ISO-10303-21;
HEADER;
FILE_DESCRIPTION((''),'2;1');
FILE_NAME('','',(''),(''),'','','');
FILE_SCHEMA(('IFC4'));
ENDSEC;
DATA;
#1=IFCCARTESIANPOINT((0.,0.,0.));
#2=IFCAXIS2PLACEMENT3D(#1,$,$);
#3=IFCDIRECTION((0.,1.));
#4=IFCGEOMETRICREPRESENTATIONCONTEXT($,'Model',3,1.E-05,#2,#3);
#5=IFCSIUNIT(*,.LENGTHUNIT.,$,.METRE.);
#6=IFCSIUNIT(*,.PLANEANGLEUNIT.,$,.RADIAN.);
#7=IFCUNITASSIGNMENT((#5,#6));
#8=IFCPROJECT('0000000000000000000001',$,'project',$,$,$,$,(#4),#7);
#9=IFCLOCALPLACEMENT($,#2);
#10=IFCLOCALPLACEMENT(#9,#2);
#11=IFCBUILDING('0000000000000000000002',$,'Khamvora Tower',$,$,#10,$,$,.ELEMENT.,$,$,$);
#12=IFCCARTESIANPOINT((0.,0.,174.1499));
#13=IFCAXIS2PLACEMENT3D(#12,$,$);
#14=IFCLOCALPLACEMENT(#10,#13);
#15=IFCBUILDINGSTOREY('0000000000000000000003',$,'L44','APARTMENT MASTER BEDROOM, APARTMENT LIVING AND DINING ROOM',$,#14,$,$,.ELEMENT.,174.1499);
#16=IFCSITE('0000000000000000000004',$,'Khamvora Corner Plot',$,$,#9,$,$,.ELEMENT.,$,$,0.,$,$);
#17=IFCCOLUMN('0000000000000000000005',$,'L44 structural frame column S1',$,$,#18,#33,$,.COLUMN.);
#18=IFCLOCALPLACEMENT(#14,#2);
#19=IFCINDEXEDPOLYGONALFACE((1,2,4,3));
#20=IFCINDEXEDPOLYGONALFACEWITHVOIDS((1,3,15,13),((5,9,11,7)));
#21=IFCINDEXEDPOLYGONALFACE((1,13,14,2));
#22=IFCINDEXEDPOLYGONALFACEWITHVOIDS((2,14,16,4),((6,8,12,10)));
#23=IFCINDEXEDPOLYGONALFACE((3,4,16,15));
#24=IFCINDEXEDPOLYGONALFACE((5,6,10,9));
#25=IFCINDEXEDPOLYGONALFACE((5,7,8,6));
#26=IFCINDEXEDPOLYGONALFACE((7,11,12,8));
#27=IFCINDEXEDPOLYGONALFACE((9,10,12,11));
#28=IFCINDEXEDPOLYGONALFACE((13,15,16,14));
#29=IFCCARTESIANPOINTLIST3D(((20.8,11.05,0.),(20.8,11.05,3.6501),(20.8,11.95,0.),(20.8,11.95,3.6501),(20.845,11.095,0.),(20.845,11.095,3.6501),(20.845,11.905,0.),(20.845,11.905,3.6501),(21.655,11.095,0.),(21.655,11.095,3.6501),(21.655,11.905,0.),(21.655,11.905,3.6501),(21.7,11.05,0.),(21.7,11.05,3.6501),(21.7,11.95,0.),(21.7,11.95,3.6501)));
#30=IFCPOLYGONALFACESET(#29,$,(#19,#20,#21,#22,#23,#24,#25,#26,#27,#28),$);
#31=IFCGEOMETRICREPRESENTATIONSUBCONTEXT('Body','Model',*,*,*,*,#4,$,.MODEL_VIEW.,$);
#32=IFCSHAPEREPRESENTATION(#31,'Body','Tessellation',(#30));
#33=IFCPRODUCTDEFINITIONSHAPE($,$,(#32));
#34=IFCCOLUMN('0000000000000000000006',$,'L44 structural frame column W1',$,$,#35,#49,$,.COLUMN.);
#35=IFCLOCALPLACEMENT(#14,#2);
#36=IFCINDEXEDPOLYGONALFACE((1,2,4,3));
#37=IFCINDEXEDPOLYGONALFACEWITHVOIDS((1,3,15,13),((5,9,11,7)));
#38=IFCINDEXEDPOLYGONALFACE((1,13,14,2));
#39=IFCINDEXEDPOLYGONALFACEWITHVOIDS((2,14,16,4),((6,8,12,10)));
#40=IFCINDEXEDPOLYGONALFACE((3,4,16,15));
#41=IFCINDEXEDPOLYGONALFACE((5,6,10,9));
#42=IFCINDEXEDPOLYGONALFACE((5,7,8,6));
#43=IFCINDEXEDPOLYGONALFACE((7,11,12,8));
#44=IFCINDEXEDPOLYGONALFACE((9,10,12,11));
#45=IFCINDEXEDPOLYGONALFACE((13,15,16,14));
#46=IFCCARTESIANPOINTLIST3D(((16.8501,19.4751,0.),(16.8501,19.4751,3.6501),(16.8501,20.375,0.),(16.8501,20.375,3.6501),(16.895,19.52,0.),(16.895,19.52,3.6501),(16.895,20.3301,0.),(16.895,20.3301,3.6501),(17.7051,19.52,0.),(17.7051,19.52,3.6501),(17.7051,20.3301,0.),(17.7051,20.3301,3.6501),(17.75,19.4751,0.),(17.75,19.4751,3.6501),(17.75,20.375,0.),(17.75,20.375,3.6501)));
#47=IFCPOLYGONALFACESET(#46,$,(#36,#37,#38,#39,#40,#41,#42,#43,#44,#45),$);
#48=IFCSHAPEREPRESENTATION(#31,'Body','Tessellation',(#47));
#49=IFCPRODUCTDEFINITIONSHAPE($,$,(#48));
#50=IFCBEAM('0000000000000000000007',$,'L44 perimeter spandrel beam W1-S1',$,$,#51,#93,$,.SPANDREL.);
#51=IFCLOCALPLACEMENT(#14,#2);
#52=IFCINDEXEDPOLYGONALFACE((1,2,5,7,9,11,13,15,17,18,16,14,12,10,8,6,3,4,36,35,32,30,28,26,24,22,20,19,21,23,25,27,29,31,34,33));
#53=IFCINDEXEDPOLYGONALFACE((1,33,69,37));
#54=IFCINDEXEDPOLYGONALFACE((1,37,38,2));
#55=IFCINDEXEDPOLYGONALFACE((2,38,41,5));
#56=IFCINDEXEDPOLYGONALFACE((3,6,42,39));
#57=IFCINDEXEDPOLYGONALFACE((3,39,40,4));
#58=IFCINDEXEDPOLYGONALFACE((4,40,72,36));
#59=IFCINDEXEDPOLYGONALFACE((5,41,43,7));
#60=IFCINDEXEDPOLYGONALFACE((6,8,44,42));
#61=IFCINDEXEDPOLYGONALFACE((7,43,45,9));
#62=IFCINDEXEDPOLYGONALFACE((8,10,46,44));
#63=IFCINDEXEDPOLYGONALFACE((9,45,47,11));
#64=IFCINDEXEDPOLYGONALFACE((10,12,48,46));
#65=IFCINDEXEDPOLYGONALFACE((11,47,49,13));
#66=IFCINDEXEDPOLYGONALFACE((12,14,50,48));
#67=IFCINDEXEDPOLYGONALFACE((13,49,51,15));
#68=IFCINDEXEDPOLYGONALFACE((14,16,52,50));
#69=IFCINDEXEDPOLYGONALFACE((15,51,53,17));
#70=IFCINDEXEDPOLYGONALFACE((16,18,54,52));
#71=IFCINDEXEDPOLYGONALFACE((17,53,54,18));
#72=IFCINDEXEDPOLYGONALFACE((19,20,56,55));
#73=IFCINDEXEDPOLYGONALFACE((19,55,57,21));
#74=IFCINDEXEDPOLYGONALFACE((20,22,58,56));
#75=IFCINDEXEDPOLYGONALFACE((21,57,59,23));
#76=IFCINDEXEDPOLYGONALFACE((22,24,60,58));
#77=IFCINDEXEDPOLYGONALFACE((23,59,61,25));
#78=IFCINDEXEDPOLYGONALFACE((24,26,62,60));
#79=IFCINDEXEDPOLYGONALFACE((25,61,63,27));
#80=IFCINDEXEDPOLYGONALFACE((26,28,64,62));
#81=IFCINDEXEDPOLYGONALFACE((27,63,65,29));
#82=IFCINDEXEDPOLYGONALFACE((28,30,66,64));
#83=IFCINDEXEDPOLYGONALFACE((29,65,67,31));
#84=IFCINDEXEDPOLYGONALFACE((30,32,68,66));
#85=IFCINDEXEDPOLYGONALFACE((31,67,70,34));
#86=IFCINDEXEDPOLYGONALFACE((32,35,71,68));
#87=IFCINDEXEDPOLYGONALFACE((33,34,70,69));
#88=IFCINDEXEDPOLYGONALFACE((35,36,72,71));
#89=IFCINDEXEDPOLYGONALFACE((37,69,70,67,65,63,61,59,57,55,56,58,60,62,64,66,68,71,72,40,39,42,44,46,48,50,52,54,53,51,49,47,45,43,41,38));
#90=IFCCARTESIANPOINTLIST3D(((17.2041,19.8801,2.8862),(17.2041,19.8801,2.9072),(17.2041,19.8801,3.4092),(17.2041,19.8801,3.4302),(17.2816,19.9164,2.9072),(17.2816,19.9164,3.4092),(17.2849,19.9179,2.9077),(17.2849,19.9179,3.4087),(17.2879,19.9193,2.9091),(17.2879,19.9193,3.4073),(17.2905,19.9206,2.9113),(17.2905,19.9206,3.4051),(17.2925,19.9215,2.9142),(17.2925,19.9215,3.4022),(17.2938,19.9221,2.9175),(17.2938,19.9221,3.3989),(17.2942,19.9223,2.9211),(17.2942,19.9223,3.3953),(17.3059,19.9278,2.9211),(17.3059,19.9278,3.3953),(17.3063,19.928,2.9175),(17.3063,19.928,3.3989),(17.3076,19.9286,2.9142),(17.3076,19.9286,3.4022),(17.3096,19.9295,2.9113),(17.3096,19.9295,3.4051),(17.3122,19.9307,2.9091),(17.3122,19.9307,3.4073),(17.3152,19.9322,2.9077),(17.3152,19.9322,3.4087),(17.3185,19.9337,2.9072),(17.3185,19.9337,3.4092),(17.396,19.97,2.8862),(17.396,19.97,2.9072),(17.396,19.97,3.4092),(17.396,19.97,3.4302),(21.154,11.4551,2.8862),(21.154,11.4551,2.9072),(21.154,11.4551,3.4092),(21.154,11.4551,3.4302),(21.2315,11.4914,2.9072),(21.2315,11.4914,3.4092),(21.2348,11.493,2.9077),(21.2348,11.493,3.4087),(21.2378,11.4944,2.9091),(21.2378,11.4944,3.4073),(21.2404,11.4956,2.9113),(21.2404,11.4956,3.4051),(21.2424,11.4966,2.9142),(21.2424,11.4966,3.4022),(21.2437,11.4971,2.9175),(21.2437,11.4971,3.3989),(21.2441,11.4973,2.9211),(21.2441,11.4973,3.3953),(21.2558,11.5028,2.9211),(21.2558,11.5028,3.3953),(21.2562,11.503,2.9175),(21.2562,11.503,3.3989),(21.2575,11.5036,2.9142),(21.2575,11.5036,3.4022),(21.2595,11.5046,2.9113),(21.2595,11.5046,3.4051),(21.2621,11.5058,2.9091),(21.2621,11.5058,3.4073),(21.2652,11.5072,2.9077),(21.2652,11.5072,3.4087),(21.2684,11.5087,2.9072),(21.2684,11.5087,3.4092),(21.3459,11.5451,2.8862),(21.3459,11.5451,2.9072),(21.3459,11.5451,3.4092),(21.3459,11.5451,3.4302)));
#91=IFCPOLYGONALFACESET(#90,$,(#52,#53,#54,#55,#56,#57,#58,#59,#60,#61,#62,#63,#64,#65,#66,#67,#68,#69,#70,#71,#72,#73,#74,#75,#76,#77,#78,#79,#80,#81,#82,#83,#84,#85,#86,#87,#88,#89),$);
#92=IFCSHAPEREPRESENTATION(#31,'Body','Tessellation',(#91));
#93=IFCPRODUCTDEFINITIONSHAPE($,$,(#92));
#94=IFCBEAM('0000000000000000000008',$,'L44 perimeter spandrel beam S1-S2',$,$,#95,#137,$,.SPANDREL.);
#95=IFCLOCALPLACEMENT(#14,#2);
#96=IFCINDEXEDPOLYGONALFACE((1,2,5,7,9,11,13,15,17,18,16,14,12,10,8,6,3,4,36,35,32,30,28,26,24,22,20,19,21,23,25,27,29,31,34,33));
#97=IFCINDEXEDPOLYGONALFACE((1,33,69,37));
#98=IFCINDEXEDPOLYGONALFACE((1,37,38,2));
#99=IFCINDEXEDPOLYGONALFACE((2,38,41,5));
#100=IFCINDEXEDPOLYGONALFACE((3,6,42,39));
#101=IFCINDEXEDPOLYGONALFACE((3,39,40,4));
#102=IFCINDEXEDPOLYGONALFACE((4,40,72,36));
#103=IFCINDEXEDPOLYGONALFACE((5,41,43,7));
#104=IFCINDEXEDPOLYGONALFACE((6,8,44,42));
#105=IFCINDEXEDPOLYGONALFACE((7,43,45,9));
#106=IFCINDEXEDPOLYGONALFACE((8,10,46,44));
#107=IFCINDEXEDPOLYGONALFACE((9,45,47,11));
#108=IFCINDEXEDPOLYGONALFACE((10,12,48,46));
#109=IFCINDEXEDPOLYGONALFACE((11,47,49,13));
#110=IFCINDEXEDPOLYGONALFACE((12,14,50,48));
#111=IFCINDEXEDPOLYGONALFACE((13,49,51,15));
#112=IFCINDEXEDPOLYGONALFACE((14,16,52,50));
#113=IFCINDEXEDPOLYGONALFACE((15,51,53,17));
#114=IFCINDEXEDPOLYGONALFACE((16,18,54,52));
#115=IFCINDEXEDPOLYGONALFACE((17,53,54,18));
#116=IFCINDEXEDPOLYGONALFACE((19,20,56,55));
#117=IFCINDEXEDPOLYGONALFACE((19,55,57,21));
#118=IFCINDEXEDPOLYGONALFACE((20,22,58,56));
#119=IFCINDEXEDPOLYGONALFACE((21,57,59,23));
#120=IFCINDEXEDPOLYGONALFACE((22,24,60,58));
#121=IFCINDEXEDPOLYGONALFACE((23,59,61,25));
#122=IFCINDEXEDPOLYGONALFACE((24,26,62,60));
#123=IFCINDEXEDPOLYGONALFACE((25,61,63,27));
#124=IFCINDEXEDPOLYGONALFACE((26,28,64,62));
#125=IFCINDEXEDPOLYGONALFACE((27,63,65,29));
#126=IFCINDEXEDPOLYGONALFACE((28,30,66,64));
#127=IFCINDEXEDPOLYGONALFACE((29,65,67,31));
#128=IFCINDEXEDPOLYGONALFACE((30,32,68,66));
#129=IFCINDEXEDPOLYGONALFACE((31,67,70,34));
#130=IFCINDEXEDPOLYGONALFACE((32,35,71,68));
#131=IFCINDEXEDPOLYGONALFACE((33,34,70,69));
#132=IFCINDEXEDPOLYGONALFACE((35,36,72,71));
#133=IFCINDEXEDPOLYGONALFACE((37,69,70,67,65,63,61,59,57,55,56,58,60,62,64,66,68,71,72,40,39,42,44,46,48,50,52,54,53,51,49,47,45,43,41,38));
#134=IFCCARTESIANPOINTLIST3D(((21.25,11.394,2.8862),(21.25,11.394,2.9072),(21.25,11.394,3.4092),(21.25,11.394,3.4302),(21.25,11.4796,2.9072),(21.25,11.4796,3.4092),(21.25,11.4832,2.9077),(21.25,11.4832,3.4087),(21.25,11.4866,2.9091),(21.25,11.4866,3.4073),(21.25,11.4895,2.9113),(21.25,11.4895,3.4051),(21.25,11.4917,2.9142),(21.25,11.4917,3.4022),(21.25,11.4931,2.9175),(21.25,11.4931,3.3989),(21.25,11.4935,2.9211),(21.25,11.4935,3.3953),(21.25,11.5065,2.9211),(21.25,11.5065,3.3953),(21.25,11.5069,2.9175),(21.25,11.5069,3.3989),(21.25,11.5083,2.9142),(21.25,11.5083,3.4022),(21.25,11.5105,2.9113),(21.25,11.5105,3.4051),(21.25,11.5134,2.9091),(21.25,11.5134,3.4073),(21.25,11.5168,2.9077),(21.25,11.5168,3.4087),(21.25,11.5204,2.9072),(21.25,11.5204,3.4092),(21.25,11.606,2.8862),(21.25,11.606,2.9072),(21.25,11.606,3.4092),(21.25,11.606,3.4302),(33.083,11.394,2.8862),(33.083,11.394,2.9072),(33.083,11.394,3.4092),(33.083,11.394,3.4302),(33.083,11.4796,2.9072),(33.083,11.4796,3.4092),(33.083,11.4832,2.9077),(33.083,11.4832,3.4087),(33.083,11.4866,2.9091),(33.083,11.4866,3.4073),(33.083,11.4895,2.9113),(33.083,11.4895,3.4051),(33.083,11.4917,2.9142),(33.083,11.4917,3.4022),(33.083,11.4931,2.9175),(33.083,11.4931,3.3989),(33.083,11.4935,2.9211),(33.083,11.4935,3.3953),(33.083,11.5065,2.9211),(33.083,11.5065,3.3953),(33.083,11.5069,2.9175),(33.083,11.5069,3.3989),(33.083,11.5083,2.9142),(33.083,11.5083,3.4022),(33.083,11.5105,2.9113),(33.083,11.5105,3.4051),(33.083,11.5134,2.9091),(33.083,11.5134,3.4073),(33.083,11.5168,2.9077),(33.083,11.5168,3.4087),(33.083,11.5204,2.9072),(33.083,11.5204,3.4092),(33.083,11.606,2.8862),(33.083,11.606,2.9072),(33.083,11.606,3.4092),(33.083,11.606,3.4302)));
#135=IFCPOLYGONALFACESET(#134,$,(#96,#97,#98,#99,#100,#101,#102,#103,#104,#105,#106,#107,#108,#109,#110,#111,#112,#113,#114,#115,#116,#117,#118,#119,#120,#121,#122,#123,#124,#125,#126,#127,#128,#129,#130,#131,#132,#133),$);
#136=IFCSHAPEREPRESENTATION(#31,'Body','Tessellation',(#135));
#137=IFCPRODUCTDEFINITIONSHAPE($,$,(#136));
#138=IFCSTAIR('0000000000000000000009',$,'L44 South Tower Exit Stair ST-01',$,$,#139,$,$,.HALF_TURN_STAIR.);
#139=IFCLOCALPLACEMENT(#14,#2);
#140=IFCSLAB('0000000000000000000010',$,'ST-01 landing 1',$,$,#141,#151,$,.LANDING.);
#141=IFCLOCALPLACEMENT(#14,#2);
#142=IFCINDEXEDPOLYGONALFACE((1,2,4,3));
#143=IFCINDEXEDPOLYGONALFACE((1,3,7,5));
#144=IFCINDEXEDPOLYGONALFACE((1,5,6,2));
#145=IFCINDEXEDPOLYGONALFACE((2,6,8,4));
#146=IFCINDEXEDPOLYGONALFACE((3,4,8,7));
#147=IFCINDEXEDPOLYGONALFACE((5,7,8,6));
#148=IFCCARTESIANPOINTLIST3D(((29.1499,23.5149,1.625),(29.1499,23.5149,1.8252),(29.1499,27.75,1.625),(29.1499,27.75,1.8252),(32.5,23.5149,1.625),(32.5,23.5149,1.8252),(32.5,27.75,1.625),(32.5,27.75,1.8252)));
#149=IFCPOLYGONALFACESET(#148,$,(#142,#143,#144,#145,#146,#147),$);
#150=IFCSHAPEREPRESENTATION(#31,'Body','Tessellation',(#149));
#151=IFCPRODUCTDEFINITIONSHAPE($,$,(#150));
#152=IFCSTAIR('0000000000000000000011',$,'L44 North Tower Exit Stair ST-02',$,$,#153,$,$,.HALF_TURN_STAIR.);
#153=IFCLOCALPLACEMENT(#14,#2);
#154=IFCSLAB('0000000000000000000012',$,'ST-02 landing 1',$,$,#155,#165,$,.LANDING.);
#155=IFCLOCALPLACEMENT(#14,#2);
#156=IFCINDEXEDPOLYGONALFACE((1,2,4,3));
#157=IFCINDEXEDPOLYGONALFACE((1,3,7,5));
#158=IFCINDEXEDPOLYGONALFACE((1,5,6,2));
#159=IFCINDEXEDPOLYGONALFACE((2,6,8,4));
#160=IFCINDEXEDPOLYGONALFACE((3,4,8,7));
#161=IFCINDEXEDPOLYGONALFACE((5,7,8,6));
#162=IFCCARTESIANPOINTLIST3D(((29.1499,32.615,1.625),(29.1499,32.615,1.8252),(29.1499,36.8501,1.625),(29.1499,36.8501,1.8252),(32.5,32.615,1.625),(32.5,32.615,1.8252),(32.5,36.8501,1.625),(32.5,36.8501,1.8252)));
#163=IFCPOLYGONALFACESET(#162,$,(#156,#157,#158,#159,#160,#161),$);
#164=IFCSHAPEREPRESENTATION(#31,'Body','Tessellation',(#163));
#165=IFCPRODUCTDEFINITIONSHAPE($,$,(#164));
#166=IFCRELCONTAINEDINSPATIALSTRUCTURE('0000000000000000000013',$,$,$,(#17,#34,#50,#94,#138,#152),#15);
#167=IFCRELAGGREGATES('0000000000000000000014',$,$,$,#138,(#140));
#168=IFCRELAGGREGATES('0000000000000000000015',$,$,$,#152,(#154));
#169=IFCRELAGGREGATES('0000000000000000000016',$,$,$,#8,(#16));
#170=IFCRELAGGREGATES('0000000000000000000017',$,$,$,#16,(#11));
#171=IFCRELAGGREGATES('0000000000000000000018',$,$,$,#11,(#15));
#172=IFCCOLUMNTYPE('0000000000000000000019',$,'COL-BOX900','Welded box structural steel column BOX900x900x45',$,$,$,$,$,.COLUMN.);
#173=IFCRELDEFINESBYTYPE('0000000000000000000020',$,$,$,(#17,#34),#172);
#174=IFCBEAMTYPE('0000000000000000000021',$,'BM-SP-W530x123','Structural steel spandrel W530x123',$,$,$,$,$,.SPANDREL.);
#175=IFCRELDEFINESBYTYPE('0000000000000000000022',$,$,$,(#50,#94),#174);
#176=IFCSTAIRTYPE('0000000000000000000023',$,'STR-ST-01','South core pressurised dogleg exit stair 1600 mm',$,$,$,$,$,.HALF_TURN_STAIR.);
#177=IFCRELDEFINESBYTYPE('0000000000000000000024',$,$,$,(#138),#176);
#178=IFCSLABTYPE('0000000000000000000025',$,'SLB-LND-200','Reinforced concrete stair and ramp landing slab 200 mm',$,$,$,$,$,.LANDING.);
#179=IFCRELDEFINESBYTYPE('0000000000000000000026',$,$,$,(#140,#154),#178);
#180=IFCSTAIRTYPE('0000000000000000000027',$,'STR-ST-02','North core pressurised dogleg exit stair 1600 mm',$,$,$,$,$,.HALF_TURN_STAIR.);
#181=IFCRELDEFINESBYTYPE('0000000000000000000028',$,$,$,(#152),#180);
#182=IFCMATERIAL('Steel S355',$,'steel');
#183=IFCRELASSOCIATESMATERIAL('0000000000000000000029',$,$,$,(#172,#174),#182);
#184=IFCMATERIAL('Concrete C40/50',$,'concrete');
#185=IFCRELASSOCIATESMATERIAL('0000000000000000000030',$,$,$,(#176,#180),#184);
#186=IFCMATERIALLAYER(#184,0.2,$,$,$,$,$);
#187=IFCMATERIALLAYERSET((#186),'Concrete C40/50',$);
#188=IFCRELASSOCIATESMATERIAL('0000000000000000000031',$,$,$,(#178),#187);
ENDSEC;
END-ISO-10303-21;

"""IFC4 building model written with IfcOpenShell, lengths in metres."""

from ifc_helpers import new_model, si_unit, direction, frame, origin, origin_2d, place, context, subcontext, project, spatial, polyline, hollow_rectangle, i_section, outline, extrude, material, layer, layer_set, material_profile, profile_set, type_object, element, aggregate, save


model = new_model("IFC4")

# Units and contexts
model_context = context("Model", 3, precision=1e-05, world=origin(), true_north=direction((0.0, 1.0)))
body_context = subcontext(model_context, "Body", "Model", "MODEL_VIEW")
ifc_project = project(units=[si_unit("LENGTHUNIT", "METRE"), si_unit("PLANEANGLEUNIT", "RADIAN")], contexts=[model_context])

# Site, building, storey
site_placement = place(None, origin())
site = spatial("IfcSite", under=ifc_project, at=site_placement, Name="Khamvora Corner Plot", CompositionType="ELEMENT", RefElevation=0.0)
building_placement = place(site_placement, origin())
building = spatial("IfcBuilding", under=site, at=building_placement, Name="Khamvora Tower", CompositionType="ELEMENT")
storey_placement = place(building_placement, frame((0.0, 0.0, 174.1499)))
storey = spatial("IfcBuildingStorey", under=building, at=storey_placement, Name="L44", Description="APARTMENT MASTER BEDROOM, APARTMENT LIVING AND DINING ROOM", CompositionType="ELEMENT", Elevation=174.1499)

# Columns
ifc_material_1 = material(Name="Steel S355", Category="steel")
ifc_material_profile_1 = material_profile(ifc_material_1, hollow_rectangle(XDim=0.8999, YDim=0.8999, WallThickness=0.0449, at=origin_2d()), Name="BOX900x900x45")
ifc_profile_set_1 = profile_set([ifc_material_profile_1], Name="Steel S355")
column_type = type_object("IfcColumnType", Name="COL-BOX900", Description="Welded box structural steel column BOX900x900x45", PredefinedType="COLUMN", material=ifc_profile_set_1)
for number, where, z_axis, x_axis, name in (
    (1, (21.25, 11.5, 0.0), (0.0, 0.0, 1.0), (1.0, 0.0, 0.0), "L44 structural frame column S1"),
    (2, (17.3, 19.925, 0.0), (0.0, 0.0, 1.0), (1.0, 0.0, 0.0), "L44 structural frame column W1"),
):
    element("IfcColumn", number, at=place(storey_placement, frame(where, z_axis=z_axis, x_axis=x_axis)), inside=storey, type_object=column_type, Name=name, PredefinedType="COLUMN", context=body_context, shape_type="SweptSolid", body=[
        extrude(hollow_rectangle(XDim=0.8999, YDim=0.8999, WallThickness=0.0449, at=origin_2d()), origin(), (0.0, 0.0, 1.0), 3.6501),
    ])

# Beams
ifc_material_profile_2 = material_profile(ifc_material_1, i_section(OverallWidth=0.2119, OverallDepth=0.5439, WebThickness=0.0129, FlangeThickness=0.021, FilletRadius=0.0139, at=origin_2d()), Name="W530x123")
ifc_profile_set_2 = profile_set([ifc_material_profile_2], Name="Steel S355")
beam_type = type_object("IfcBeamType", Name="BM-SP-W530x123", Description="Structural steel spandrel W530x123", PredefinedType="SPANDREL", material=ifc_profile_set_2)
beam_1_placement = place(storey_placement, frame((17.3, 19.925, 3.1582), z_axis=(0.424496, -0.90543, 0.0), x_axis=(0.90543, 0.424496, 0.0)))
element("IfcBeam", 3, at=beam_1_placement, inside=storey, type_object=beam_type, Name="L44 perimeter spandrel beam W1-S1", PredefinedType="SPANDREL", context=body_context, shape_type="SweptSolid", body=[
    extrude(i_section(OverallWidth=0.2119, OverallDepth=0.5439, WebThickness=0.0129, FlangeThickness=0.021, FilletRadius=0.0139, at=origin_2d()), origin(), (0.0, 0.0, 1.0), 9.3049),
])
beam_2_placement = place(storey_placement, frame((21.25, 11.5, 3.1582), z_axis=(1.0, 0.0, 0.0), x_axis=(0.0, 1.0, 0.0)))
element("IfcBeam", 4, at=beam_2_placement, inside=storey, type_object=beam_type, Name="L44 perimeter spandrel beam S1-S2", PredefinedType="SPANDREL", context=body_context, shape_type="SweptSolid", body=[
    extrude(i_section(OverallWidth=0.2119, OverallDepth=0.5439, WebThickness=0.0129, FlangeThickness=0.021, FilletRadius=0.0139, at=origin_2d()), origin(), (0.0, 0.0, 1.0), 11.833),
])

# Stairs, slabs
ifc_material_2 = material(Name="Concrete C40/50", Category="concrete")
stair_type_1 = type_object("IfcStairType", Name="STR-ST-01", Description="South core pressurised dogleg exit stair 1600 mm", PredefinedType="HALF_TURN_STAIR", material=ifc_material_2)
stair_1_placement = place(storey_placement, origin())
stair_1 = element("IfcStair", 5, at=stair_1_placement, inside=storey, type_object=stair_type_1, Name="L44 South Tower Exit Stair ST-01", PredefinedType="HALF_TURN_STAIR")
ifc_layer_1 = layer(ifc_material_2, 0.2)
ifc_layer_set_1 = layer_set([ifc_layer_1], Name="Concrete C40/50")
slab_type_1 = type_object("IfcSlabType", Name="SLB-LND-200", Description="Reinforced concrete stair and ramp landing slab 200 mm", PredefinedType="LANDING", material=ifc_layer_set_1)
slab_1_placement = place(storey_placement, frame((0.0, 0.0, 1.625)))
slab_1 = element("IfcSlab", 6, at=slab_1_placement, type_object=slab_type_1, Name="ST-01 landing 1", PredefinedType="LANDING", context=body_context, shape_type="SweptSolid", body=[
    extrude(outline(polyline([(32.5, 23.5149), (32.5, 27.75), (29.1499, 27.75), (29.1499, 23.5149), (32.5, 23.5149)])), origin(), (0.0, 0.0, 1.0), 0.2002),
])
aggregate(stair_1, [slab_1])
stair_type_2 = type_object("IfcStairType", Name="STR-ST-02", Description="North core pressurised dogleg exit stair 1600 mm", PredefinedType="HALF_TURN_STAIR", material=ifc_material_2)
stair_2_placement = place(storey_placement, origin())
stair_2 = element("IfcStair", 7, at=stair_2_placement, inside=storey, type_object=stair_type_2, Name="L44 North Tower Exit Stair ST-02", PredefinedType="HALF_TURN_STAIR")
slab_2_placement = place(storey_placement, frame((0.0, 0.0, 1.625)))
slab_2 = element("IfcSlab", 8, at=slab_2_placement, type_object=slab_type_1, Name="ST-02 landing 1", PredefinedType="LANDING", context=body_context, shape_type="SweptSolid", body=[
    extrude(outline(polyline([(32.5, 32.615), (32.5, 36.8501), (29.1499, 36.8501), (29.1499, 32.615), (32.5, 32.615)])), origin(), (0.0, 0.0, 1.0), 0.2002),
])
aggregate(stair_2, [slab_2])

save(model, "model.ifc")
